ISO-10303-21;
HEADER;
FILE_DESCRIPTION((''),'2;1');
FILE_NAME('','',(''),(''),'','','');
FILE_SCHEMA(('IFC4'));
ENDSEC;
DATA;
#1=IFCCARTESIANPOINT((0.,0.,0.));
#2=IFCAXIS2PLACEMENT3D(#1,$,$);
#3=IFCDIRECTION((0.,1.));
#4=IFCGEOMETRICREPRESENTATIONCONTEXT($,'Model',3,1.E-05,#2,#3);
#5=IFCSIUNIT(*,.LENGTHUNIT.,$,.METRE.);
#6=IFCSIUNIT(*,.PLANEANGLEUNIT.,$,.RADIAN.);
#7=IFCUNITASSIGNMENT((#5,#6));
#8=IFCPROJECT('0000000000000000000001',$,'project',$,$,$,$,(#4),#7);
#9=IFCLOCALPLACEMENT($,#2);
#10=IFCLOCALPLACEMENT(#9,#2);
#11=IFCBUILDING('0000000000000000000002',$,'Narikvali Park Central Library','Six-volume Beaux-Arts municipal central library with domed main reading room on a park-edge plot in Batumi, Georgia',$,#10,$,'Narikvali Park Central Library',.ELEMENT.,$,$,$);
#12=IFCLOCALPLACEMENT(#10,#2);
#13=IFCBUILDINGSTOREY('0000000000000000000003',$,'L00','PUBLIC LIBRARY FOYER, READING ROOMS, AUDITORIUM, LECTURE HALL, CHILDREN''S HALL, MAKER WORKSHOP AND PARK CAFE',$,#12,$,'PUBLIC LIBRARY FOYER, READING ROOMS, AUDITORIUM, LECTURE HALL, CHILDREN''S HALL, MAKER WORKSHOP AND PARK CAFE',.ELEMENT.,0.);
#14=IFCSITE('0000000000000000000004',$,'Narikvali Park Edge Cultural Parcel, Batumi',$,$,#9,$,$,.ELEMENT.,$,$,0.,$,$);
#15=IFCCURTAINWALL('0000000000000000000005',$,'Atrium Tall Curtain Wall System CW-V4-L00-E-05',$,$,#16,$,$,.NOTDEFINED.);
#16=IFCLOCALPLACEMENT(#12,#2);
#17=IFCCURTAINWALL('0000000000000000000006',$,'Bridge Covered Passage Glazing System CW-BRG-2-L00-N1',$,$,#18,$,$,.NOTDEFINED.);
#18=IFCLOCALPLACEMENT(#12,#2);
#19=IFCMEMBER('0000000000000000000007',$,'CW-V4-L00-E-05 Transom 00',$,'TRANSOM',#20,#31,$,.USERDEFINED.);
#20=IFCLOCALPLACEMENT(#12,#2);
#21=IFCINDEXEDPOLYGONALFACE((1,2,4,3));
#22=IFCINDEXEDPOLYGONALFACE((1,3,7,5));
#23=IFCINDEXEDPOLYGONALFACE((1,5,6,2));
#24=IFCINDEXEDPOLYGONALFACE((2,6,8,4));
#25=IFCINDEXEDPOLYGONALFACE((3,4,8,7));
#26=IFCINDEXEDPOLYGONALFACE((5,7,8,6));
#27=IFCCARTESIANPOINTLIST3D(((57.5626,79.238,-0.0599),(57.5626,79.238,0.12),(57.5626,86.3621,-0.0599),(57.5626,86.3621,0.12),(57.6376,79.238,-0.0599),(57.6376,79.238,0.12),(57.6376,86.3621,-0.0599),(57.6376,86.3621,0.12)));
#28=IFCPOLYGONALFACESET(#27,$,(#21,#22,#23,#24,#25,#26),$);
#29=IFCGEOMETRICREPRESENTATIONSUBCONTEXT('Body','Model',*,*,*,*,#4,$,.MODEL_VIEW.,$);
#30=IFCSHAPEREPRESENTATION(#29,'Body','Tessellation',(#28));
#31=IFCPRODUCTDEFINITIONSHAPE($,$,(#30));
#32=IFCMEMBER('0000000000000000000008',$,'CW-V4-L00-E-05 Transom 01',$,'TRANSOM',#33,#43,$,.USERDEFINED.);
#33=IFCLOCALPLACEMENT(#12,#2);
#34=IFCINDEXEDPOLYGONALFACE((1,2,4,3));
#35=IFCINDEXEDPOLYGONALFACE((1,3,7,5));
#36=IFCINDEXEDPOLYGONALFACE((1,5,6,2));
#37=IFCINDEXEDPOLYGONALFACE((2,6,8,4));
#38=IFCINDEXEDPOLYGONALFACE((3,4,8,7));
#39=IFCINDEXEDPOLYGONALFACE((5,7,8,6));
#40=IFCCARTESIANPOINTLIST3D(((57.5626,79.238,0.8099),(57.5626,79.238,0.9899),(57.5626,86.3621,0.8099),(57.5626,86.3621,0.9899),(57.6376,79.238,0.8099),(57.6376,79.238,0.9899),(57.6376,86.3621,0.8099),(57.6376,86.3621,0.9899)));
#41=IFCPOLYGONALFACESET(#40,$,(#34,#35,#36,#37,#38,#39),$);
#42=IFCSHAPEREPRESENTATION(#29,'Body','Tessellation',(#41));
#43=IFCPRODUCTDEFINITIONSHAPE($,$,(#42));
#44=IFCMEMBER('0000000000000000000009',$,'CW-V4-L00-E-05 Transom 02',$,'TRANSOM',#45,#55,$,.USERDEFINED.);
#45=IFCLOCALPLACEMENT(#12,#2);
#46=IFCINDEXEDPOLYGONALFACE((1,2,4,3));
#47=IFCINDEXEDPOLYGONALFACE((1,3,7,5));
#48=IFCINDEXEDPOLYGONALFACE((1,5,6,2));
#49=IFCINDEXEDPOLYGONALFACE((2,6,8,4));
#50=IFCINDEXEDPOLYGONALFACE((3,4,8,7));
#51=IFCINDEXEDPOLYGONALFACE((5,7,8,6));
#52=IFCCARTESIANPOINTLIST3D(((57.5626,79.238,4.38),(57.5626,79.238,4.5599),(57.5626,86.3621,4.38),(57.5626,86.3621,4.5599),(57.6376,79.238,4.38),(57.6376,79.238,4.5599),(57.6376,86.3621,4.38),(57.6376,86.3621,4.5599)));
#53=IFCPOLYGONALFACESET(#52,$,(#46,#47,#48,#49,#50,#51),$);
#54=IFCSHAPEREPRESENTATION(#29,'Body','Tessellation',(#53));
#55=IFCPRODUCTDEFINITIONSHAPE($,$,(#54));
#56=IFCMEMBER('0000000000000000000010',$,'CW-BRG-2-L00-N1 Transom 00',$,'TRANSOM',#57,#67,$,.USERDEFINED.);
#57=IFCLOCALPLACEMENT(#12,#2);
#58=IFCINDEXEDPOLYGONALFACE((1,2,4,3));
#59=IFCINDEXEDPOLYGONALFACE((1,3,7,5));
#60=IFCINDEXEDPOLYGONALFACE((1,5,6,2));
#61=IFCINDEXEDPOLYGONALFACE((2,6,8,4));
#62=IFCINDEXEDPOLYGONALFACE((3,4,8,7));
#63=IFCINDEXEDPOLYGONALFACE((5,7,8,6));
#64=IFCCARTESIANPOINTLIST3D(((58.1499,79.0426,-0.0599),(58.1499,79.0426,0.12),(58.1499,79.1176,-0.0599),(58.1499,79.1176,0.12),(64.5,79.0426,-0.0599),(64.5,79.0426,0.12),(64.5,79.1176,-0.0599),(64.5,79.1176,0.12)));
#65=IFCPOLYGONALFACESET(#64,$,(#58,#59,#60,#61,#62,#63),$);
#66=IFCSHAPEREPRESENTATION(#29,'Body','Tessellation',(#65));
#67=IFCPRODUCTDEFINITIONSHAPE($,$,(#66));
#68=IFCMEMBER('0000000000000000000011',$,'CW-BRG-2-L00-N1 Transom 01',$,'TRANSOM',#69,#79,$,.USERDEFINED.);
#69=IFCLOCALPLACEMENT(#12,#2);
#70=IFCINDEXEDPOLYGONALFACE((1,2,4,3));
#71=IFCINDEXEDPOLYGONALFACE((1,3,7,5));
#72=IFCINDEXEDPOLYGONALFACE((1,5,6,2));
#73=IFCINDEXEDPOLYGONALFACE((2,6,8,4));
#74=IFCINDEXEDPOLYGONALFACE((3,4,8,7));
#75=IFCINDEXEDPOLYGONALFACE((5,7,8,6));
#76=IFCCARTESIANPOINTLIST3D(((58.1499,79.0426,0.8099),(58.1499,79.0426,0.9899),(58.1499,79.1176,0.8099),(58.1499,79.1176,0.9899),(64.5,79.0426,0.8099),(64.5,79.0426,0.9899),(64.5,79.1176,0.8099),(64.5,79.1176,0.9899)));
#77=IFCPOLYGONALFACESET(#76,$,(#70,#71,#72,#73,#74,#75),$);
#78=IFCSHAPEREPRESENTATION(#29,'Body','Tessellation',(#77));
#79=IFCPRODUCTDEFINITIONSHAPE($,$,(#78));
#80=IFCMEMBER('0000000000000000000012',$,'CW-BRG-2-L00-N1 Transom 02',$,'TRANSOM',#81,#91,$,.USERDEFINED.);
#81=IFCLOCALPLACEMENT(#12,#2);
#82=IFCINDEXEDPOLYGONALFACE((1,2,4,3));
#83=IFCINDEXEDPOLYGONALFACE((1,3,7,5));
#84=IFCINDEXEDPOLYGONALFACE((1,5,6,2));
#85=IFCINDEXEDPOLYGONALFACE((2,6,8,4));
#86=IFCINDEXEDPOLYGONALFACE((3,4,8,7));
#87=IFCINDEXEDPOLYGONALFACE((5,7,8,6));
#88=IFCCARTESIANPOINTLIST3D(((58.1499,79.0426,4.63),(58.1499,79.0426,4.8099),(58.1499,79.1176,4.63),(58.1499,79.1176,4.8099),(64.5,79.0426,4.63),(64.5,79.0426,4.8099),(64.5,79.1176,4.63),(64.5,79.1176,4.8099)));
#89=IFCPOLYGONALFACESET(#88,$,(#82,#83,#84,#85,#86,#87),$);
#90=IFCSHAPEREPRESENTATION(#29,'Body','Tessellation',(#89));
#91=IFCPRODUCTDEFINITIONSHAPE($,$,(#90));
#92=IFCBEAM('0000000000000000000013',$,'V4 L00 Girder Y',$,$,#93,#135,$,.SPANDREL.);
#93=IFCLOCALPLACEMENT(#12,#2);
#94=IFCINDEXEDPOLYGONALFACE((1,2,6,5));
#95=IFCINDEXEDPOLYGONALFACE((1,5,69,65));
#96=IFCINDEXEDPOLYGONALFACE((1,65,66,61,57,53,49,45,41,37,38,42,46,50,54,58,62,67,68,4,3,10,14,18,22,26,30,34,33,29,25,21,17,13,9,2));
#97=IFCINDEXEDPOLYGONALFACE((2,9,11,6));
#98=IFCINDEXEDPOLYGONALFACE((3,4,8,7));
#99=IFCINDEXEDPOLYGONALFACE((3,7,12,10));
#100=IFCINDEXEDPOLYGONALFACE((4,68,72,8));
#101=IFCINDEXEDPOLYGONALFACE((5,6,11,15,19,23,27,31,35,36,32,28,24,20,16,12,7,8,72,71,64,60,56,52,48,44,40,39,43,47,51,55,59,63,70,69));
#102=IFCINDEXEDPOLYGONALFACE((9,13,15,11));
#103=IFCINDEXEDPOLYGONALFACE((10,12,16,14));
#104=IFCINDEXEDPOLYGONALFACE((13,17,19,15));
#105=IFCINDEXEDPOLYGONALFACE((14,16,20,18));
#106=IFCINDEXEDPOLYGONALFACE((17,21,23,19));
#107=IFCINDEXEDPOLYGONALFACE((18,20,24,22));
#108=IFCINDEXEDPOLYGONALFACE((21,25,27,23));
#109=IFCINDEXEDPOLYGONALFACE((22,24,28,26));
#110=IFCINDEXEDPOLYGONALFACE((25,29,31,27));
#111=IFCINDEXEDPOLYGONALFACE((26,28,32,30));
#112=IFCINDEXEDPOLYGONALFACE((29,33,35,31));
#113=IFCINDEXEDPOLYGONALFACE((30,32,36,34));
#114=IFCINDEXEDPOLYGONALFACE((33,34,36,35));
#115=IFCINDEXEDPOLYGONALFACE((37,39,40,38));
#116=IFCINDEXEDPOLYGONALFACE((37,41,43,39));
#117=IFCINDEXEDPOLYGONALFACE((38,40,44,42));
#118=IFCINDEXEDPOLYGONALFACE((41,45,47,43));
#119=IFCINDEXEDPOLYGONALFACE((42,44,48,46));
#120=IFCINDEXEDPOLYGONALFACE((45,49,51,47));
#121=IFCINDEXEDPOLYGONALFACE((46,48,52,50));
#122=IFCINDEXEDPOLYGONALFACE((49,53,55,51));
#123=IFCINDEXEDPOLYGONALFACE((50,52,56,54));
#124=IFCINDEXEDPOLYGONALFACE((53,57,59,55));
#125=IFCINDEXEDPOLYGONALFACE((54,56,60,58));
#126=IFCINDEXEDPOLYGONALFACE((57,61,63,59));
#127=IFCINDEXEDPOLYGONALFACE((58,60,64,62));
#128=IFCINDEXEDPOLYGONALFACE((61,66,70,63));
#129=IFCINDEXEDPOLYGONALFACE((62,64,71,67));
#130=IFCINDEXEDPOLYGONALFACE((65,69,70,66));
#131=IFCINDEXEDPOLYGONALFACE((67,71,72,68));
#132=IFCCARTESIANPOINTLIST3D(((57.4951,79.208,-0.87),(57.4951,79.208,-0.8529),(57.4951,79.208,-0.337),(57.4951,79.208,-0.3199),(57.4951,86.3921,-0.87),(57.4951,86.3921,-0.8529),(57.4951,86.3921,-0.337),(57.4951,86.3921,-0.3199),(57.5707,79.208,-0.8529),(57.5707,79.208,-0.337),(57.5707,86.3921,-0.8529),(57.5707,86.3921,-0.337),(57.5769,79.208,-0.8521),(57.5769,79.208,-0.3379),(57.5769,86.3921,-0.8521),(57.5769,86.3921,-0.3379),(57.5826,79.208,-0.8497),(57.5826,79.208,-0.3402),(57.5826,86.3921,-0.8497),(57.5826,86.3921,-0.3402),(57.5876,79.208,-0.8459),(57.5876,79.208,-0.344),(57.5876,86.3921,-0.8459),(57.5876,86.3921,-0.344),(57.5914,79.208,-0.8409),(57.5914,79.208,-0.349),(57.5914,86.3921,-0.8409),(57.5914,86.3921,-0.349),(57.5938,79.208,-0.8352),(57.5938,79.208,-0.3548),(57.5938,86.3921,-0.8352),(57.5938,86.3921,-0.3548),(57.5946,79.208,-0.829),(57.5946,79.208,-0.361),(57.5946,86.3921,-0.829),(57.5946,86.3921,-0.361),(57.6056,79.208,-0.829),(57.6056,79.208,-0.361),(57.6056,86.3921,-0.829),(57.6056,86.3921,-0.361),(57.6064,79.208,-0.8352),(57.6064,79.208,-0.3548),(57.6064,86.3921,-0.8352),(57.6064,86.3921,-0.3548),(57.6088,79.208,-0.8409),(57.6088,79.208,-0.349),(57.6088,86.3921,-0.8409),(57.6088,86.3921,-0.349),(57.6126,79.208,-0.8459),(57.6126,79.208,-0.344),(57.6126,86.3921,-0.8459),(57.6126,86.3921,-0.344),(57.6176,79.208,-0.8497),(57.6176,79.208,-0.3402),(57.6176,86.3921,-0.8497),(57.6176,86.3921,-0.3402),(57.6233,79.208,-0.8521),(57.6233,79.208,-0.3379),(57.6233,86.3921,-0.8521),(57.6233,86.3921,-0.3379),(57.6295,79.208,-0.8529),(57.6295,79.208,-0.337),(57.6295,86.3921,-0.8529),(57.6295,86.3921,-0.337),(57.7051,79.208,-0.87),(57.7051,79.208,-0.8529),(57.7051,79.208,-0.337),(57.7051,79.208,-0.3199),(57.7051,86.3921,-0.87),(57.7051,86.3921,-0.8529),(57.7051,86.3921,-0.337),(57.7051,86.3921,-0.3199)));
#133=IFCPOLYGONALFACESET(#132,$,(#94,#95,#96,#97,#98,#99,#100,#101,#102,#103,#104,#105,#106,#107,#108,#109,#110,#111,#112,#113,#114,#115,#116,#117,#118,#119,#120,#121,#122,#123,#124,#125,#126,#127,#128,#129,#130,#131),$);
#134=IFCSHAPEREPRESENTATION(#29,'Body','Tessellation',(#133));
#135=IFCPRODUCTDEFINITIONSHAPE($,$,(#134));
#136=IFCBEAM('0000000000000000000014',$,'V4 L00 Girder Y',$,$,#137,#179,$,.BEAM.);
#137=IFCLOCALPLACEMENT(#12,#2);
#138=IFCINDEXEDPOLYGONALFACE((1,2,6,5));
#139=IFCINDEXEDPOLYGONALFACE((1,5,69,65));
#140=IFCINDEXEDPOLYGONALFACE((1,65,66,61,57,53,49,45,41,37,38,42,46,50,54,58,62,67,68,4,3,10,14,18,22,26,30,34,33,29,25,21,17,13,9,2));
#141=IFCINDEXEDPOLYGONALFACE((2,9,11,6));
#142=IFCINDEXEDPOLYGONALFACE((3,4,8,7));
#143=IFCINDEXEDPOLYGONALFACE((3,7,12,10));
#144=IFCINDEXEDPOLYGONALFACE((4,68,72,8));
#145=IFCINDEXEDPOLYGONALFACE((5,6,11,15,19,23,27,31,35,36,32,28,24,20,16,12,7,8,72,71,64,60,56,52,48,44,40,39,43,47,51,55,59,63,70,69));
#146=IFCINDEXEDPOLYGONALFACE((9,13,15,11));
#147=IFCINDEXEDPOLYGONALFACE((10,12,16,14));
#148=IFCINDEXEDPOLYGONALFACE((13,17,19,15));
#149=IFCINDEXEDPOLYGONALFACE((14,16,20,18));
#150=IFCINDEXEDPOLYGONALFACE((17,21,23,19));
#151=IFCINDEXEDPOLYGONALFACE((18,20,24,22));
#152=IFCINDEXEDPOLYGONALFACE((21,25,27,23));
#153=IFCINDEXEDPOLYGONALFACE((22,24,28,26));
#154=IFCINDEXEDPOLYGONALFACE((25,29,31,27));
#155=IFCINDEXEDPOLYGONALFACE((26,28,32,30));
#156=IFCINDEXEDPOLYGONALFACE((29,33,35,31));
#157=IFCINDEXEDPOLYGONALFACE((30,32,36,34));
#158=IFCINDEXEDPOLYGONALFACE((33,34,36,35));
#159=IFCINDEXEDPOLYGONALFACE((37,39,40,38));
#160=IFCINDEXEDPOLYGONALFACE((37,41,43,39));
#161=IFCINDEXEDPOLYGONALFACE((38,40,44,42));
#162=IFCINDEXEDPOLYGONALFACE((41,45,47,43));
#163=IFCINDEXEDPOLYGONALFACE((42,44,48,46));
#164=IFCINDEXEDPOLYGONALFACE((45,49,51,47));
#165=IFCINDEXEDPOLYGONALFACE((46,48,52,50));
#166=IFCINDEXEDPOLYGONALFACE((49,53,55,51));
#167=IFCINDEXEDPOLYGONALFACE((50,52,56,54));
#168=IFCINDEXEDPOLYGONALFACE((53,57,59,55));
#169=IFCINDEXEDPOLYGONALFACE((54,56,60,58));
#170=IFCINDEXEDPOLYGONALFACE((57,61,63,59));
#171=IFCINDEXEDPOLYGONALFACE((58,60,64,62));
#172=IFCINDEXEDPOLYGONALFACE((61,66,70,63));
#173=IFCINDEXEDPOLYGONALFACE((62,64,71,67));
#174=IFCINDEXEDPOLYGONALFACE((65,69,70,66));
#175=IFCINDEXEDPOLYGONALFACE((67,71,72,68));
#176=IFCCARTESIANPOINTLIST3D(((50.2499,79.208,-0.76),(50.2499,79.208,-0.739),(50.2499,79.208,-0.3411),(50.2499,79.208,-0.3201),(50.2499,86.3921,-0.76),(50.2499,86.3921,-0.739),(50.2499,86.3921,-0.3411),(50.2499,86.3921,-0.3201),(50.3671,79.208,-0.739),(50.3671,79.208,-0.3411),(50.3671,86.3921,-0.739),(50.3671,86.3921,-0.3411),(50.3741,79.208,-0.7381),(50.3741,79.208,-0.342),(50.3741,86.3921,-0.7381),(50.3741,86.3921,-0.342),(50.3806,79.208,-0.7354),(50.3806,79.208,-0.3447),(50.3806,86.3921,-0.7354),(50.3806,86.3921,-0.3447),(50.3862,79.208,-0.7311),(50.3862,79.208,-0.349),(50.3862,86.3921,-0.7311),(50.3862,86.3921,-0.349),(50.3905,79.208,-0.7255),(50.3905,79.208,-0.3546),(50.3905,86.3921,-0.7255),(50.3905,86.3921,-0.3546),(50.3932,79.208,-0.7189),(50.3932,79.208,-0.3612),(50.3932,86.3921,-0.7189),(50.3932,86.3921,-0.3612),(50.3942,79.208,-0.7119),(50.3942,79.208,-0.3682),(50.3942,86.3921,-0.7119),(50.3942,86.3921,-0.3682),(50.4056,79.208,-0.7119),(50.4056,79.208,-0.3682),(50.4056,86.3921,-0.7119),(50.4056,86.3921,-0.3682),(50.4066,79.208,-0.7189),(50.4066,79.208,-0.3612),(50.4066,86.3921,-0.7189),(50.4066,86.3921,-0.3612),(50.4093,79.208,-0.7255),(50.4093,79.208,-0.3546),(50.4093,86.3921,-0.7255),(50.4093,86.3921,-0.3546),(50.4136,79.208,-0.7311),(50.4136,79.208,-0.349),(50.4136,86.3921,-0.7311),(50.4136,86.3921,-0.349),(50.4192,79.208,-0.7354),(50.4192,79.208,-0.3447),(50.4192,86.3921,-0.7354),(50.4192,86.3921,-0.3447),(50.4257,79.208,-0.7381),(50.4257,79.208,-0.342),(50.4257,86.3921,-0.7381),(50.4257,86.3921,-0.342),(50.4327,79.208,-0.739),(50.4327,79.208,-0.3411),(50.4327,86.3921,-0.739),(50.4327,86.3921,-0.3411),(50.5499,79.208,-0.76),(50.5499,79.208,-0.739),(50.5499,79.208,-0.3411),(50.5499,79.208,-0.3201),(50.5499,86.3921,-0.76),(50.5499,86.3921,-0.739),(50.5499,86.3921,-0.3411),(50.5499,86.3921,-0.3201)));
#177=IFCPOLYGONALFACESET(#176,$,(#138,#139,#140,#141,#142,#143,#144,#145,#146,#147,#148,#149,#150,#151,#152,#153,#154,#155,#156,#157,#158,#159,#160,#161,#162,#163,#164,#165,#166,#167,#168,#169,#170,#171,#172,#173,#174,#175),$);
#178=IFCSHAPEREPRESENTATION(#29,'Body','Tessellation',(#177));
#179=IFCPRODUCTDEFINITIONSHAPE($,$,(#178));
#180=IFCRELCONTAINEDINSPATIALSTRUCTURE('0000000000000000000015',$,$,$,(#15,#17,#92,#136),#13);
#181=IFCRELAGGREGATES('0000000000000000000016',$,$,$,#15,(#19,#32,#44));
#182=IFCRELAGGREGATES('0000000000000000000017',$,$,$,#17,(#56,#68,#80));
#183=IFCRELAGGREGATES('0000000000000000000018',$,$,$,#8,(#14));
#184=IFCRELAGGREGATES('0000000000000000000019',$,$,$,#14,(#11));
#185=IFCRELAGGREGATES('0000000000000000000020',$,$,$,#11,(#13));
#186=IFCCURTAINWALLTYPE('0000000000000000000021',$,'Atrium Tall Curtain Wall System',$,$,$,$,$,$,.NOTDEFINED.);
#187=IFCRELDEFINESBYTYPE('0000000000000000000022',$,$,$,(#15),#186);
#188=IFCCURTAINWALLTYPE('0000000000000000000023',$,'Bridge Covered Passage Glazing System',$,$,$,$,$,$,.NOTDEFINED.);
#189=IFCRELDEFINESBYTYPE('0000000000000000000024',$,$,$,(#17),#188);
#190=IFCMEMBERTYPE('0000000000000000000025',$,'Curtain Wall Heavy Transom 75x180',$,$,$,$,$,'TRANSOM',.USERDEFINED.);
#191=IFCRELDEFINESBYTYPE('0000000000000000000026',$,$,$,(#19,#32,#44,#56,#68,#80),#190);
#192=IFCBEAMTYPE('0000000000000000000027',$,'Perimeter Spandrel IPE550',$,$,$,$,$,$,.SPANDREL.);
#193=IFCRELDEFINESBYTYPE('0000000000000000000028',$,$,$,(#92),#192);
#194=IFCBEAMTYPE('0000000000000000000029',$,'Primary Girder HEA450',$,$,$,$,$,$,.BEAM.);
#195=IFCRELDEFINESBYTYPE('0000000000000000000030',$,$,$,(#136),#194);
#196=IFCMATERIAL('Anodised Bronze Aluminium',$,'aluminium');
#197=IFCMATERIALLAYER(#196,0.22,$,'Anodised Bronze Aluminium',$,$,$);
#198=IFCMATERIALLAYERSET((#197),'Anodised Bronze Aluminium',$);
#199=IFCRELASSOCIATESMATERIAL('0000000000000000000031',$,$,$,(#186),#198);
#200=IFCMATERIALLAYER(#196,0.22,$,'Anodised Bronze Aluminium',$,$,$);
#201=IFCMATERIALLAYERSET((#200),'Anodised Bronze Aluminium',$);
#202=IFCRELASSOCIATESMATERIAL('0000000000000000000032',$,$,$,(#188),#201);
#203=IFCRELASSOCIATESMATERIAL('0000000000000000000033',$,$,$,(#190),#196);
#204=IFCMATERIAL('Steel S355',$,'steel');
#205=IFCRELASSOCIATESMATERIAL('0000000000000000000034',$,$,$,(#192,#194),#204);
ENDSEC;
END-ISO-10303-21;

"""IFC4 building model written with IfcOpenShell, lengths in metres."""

from ifc_helpers import new_model, si_unit, direction, frame, origin, origin_2d, place, context, subcontext, project, spatial, rectangle, i_section, extrude, material, layer, layer_set, material_profile, profile_set, type_object, element, aggregate, save


model = new_model("IFC4")

# Units and contexts
model_context = context("Model", 3, precision=1e-05, world=origin(), true_north=direction((0.0, 1.0)))
body_context = subcontext(model_context, "Body", "Model", "MODEL_VIEW")
ifc_project = project(units=[si_unit("LENGTHUNIT", "METRE"), si_unit("PLANEANGLEUNIT", "RADIAN")], contexts=[model_context])

# Site, building, storey
site_placement = place(None, origin())
site = spatial("IfcSite", under=ifc_project, at=site_placement, Name="Narikvali Park Edge Cultural Parcel, Batumi", CompositionType="ELEMENT", RefElevation=0.0)
building_placement = place(site_placement, origin())
building = spatial("IfcBuilding", under=site, at=building_placement, Name="Narikvali Park Central Library", Description="Six-volume Beaux-Arts municipal central library with domed main reading room on a park-edge plot in Batumi, Georgia", LongName="Narikvali Park Central Library", CompositionType="ELEMENT")
storey_placement = place(building_placement, origin())
storey = spatial("IfcBuildingStorey", under=building, at=storey_placement, Name="L00", Description="PUBLIC LIBRARY FOYER, READING ROOMS, AUDITORIUM, LECTURE HALL, CHILDREN'S HALL, MAKER WORKSHOP AND PARK CAFE", LongName="PUBLIC LIBRARY FOYER, READING ROOMS, AUDITORIUM, LECTURE HALL, CHILDREN'S HALL, MAKER WORKSHOP AND PARK CAFE", CompositionType="ELEMENT", Elevation=0.0)

# Shared definitions
ifc_material_1 = material(Name="Steel S355", Category="steel")

# Curtain wall
ifc_material_2 = material(Name="Anodised Bronze Aluminium", Category="aluminium")
ifc_layer_1 = layer(ifc_material_2, 0.22, Name="Anodised Bronze Aluminium")
ifc_layer_set_1 = layer_set([ifc_layer_1], Name="Anodised Bronze Aluminium")
curtain_wall_type_1 = type_object("IfcCurtainWallType", Name="Atrium Tall Curtain Wall System", PredefinedType="NOTDEFINED", material=ifc_layer_set_1)
curtain_wall_1_placement = place(storey_placement, origin())
curtain_wall_1 = element("IfcCurtainWall", 1, at=curtain_wall_1_placement, inside=storey, type_object=curtain_wall_type_1, Name="Atrium Tall Curtain Wall System CW-V4-L00-E-05", PredefinedType="NOTDEFINED")

# Curtain wall
ifc_layer_2 = layer(ifc_material_2, 0.22, Name="Anodised Bronze Aluminium")
ifc_layer_set_2 = layer_set([ifc_layer_2], Name="Anodised Bronze Aluminium")
curtain_wall_type_2 = type_object("IfcCurtainWallType", Name="Bridge Covered Passage Glazing System", PredefinedType="NOTDEFINED", material=ifc_layer_set_2)
curtain_wall_2_placement = place(storey_placement, origin())
curtain_wall_2 = element("IfcCurtainWall", 2, at=curtain_wall_2_placement, inside=storey, type_object=curtain_wall_type_2, Name="Bridge Covered Passage Glazing System CW-BRG-2-L00-N1", PredefinedType="NOTDEFINED")

# Members
ifc_material_profile_1 = material_profile(ifc_material_2, rectangle(XDim=0.075, YDim=0.1799, at=origin_2d()), Name="CW TRANSOM 75x180")
ifc_profile_set_1 = profile_set([ifc_material_profile_1], Name="Anodised Bronze Aluminium")
member_type_1 = type_object("IfcMemberType", Name="Curtain Wall Heavy Transom 75x180", ElementType="TRANSOM", PredefinedType="USERDEFINED", material=ifc_profile_set_1)
member_1_placement = place(storey_placement, frame((57.6001, 79.238, 0.03), z_axis=(0.0, 1.0, 0.0), x_axis=(-1.0, 0.0, 0.0)))
member_1 = element("IfcMember", 3, at=member_1_placement, type_object=member_type_1, Name="CW-V4-L00-E-05 Transom 00", ObjectType="TRANSOM", PredefinedType="USERDEFINED", context=body_context, shape_type="SweptSolid", body=[
    extrude(rectangle(XDim=0.075, YDim=0.1799, at=origin_2d()), origin(), (0.0, 0.0, 1.0), 7.124),
])
member_2_placement = place(storey_placement, frame((57.6001, 79.238, 0.8999), z_axis=(0.0, 1.0, 0.0), x_axis=(-1.0, 0.0, 0.0)))
member_2 = element("IfcMember", 4, at=member_2_placement, type_object=member_type_1, Name="CW-V4-L00-E-05 Transom 01", ObjectType="TRANSOM", PredefinedType="USERDEFINED", context=body_context, shape_type="SweptSolid", body=[
    extrude(rectangle(XDim=0.075, YDim=0.1799, at=origin_2d()), origin(), (0.0, 0.0, 1.0), 7.124),
])
member_3_placement = place(storey_placement, frame((57.6001, 79.238, 4.47), z_axis=(0.0, 1.0, 0.0), x_axis=(-1.0, 0.0, 0.0)))
member_3 = element("IfcMember", 5, at=member_3_placement, type_object=member_type_1, Name="CW-V4-L00-E-05 Transom 02", ObjectType="TRANSOM", PredefinedType="USERDEFINED", context=body_context, shape_type="SweptSolid", body=[
    extrude(rectangle(XDim=0.075, YDim=0.1799, at=origin_2d()), origin(), (0.0, 0.0, 1.0), 7.124),
])
member_4_placement = place(storey_placement, frame((58.1499, 79.0801, 0.03), z_axis=(1.0, 0.0, 0.0), x_axis=(0.0, 1.0, 0.0)))
member_4 = element("IfcMember", 6, at=member_4_placement, type_object=member_type_1, Name="CW-BRG-2-L00-N1 Transom 00", ObjectType="TRANSOM", PredefinedType="USERDEFINED", context=body_context, shape_type="SweptSolid", body=[
    extrude(rectangle(XDim=0.075, YDim=0.1799, at=origin_2d()), origin(), (0.0, 0.0, 1.0), 6.3501),
])
member_5_placement = place(storey_placement, frame((58.1499, 79.0801, 0.8999), z_axis=(1.0, 0.0, 0.0), x_axis=(0.0, 1.0, 0.0)))
member_5 = element("IfcMember", 7, at=member_5_placement, type_object=member_type_1, Name="CW-BRG-2-L00-N1 Transom 01", ObjectType="TRANSOM", PredefinedType="USERDEFINED", context=body_context, shape_type="SweptSolid", body=[
    extrude(rectangle(XDim=0.075, YDim=0.1799, at=origin_2d()), origin(), (0.0, 0.0, 1.0), 6.3501),
])
member_6_placement = place(storey_placement, frame((58.1499, 79.0801, 4.72), z_axis=(1.0, 0.0, 0.0), x_axis=(0.0, 1.0, 0.0)))
member_6 = element("IfcMember", 8, at=member_6_placement, type_object=member_type_1, Name="CW-BRG-2-L00-N1 Transom 02", ObjectType="TRANSOM", PredefinedType="USERDEFINED", context=body_context, shape_type="SweptSolid", body=[
    extrude(rectangle(XDim=0.075, YDim=0.1799, at=origin_2d()), origin(), (0.0, 0.0, 1.0), 6.3501),
])

# Beams
ifc_material_profile_2 = material_profile(ifc_material_1, i_section(OverallWidth=0.21, OverallDepth=0.55, WebThickness=0.011, FlangeThickness=0.0171, FilletRadius=0.0239, at=origin_2d()), Name="IPE 550")
ifc_profile_set_2 = profile_set([ifc_material_profile_2], Name="Steel S355")
beam_type_1 = type_object("IfcBeamType", Name="Perimeter Spandrel IPE550", PredefinedType="SPANDREL", material=ifc_profile_set_2)
beam_1_placement = place(storey_placement, frame((57.6001, 79.208, -0.595), z_axis=(0.0, 1.0, 0.0), x_axis=(-1.0, 0.0, 0.0)))
element("IfcBeam", 9, at=beam_1_placement, inside=storey, type_object=beam_type_1, Name="V4 L00 Girder Y", PredefinedType="SPANDREL", context=body_context, shape_type="SweptSolid", body=[
    extrude(i_section(OverallWidth=0.21, OverallDepth=0.55, WebThickness=0.011, FlangeThickness=0.0171, FilletRadius=0.0239, at=origin_2d()), origin(), (0.0, 0.0, 1.0), 7.1841),
])
ifc_material_profile_3 = material_profile(ifc_material_1, i_section(OverallWidth=0.3, OverallDepth=0.4399, WebThickness=0.0115, FlangeThickness=0.021, FilletRadius=0.0271, at=origin_2d()), Name="HEA 450")
ifc_profile_set_3 = profile_set([ifc_material_profile_3], Name="Steel S355")
beam_type_2 = type_object("IfcBeamType", Name="Primary Girder HEA450", PredefinedType="BEAM", material=ifc_profile_set_3)
beam_2_placement = place(storey_placement, frame((50.3999, 79.208, -0.54), z_axis=(0.0, 1.0, 0.0), x_axis=(-1.0, 0.0, 0.0)))
element("IfcBeam", 10, at=beam_2_placement, inside=storey, type_object=beam_type_2, Name="V4 L00 Girder Y", PredefinedType="BEAM", context=body_context, shape_type="SweptSolid", body=[
    extrude(i_section(OverallWidth=0.3, OverallDepth=0.4399, WebThickness=0.0115, FlangeThickness=0.021, FilletRadius=0.0271, at=origin_2d()), origin(), (0.0, 0.0, 1.0), 7.1841),
])

aggregate(curtain_wall_1, [member_1, member_2, member_3])
aggregate(curtain_wall_2, [member_4, member_5, member_6])

save(model, "model.ifc")
